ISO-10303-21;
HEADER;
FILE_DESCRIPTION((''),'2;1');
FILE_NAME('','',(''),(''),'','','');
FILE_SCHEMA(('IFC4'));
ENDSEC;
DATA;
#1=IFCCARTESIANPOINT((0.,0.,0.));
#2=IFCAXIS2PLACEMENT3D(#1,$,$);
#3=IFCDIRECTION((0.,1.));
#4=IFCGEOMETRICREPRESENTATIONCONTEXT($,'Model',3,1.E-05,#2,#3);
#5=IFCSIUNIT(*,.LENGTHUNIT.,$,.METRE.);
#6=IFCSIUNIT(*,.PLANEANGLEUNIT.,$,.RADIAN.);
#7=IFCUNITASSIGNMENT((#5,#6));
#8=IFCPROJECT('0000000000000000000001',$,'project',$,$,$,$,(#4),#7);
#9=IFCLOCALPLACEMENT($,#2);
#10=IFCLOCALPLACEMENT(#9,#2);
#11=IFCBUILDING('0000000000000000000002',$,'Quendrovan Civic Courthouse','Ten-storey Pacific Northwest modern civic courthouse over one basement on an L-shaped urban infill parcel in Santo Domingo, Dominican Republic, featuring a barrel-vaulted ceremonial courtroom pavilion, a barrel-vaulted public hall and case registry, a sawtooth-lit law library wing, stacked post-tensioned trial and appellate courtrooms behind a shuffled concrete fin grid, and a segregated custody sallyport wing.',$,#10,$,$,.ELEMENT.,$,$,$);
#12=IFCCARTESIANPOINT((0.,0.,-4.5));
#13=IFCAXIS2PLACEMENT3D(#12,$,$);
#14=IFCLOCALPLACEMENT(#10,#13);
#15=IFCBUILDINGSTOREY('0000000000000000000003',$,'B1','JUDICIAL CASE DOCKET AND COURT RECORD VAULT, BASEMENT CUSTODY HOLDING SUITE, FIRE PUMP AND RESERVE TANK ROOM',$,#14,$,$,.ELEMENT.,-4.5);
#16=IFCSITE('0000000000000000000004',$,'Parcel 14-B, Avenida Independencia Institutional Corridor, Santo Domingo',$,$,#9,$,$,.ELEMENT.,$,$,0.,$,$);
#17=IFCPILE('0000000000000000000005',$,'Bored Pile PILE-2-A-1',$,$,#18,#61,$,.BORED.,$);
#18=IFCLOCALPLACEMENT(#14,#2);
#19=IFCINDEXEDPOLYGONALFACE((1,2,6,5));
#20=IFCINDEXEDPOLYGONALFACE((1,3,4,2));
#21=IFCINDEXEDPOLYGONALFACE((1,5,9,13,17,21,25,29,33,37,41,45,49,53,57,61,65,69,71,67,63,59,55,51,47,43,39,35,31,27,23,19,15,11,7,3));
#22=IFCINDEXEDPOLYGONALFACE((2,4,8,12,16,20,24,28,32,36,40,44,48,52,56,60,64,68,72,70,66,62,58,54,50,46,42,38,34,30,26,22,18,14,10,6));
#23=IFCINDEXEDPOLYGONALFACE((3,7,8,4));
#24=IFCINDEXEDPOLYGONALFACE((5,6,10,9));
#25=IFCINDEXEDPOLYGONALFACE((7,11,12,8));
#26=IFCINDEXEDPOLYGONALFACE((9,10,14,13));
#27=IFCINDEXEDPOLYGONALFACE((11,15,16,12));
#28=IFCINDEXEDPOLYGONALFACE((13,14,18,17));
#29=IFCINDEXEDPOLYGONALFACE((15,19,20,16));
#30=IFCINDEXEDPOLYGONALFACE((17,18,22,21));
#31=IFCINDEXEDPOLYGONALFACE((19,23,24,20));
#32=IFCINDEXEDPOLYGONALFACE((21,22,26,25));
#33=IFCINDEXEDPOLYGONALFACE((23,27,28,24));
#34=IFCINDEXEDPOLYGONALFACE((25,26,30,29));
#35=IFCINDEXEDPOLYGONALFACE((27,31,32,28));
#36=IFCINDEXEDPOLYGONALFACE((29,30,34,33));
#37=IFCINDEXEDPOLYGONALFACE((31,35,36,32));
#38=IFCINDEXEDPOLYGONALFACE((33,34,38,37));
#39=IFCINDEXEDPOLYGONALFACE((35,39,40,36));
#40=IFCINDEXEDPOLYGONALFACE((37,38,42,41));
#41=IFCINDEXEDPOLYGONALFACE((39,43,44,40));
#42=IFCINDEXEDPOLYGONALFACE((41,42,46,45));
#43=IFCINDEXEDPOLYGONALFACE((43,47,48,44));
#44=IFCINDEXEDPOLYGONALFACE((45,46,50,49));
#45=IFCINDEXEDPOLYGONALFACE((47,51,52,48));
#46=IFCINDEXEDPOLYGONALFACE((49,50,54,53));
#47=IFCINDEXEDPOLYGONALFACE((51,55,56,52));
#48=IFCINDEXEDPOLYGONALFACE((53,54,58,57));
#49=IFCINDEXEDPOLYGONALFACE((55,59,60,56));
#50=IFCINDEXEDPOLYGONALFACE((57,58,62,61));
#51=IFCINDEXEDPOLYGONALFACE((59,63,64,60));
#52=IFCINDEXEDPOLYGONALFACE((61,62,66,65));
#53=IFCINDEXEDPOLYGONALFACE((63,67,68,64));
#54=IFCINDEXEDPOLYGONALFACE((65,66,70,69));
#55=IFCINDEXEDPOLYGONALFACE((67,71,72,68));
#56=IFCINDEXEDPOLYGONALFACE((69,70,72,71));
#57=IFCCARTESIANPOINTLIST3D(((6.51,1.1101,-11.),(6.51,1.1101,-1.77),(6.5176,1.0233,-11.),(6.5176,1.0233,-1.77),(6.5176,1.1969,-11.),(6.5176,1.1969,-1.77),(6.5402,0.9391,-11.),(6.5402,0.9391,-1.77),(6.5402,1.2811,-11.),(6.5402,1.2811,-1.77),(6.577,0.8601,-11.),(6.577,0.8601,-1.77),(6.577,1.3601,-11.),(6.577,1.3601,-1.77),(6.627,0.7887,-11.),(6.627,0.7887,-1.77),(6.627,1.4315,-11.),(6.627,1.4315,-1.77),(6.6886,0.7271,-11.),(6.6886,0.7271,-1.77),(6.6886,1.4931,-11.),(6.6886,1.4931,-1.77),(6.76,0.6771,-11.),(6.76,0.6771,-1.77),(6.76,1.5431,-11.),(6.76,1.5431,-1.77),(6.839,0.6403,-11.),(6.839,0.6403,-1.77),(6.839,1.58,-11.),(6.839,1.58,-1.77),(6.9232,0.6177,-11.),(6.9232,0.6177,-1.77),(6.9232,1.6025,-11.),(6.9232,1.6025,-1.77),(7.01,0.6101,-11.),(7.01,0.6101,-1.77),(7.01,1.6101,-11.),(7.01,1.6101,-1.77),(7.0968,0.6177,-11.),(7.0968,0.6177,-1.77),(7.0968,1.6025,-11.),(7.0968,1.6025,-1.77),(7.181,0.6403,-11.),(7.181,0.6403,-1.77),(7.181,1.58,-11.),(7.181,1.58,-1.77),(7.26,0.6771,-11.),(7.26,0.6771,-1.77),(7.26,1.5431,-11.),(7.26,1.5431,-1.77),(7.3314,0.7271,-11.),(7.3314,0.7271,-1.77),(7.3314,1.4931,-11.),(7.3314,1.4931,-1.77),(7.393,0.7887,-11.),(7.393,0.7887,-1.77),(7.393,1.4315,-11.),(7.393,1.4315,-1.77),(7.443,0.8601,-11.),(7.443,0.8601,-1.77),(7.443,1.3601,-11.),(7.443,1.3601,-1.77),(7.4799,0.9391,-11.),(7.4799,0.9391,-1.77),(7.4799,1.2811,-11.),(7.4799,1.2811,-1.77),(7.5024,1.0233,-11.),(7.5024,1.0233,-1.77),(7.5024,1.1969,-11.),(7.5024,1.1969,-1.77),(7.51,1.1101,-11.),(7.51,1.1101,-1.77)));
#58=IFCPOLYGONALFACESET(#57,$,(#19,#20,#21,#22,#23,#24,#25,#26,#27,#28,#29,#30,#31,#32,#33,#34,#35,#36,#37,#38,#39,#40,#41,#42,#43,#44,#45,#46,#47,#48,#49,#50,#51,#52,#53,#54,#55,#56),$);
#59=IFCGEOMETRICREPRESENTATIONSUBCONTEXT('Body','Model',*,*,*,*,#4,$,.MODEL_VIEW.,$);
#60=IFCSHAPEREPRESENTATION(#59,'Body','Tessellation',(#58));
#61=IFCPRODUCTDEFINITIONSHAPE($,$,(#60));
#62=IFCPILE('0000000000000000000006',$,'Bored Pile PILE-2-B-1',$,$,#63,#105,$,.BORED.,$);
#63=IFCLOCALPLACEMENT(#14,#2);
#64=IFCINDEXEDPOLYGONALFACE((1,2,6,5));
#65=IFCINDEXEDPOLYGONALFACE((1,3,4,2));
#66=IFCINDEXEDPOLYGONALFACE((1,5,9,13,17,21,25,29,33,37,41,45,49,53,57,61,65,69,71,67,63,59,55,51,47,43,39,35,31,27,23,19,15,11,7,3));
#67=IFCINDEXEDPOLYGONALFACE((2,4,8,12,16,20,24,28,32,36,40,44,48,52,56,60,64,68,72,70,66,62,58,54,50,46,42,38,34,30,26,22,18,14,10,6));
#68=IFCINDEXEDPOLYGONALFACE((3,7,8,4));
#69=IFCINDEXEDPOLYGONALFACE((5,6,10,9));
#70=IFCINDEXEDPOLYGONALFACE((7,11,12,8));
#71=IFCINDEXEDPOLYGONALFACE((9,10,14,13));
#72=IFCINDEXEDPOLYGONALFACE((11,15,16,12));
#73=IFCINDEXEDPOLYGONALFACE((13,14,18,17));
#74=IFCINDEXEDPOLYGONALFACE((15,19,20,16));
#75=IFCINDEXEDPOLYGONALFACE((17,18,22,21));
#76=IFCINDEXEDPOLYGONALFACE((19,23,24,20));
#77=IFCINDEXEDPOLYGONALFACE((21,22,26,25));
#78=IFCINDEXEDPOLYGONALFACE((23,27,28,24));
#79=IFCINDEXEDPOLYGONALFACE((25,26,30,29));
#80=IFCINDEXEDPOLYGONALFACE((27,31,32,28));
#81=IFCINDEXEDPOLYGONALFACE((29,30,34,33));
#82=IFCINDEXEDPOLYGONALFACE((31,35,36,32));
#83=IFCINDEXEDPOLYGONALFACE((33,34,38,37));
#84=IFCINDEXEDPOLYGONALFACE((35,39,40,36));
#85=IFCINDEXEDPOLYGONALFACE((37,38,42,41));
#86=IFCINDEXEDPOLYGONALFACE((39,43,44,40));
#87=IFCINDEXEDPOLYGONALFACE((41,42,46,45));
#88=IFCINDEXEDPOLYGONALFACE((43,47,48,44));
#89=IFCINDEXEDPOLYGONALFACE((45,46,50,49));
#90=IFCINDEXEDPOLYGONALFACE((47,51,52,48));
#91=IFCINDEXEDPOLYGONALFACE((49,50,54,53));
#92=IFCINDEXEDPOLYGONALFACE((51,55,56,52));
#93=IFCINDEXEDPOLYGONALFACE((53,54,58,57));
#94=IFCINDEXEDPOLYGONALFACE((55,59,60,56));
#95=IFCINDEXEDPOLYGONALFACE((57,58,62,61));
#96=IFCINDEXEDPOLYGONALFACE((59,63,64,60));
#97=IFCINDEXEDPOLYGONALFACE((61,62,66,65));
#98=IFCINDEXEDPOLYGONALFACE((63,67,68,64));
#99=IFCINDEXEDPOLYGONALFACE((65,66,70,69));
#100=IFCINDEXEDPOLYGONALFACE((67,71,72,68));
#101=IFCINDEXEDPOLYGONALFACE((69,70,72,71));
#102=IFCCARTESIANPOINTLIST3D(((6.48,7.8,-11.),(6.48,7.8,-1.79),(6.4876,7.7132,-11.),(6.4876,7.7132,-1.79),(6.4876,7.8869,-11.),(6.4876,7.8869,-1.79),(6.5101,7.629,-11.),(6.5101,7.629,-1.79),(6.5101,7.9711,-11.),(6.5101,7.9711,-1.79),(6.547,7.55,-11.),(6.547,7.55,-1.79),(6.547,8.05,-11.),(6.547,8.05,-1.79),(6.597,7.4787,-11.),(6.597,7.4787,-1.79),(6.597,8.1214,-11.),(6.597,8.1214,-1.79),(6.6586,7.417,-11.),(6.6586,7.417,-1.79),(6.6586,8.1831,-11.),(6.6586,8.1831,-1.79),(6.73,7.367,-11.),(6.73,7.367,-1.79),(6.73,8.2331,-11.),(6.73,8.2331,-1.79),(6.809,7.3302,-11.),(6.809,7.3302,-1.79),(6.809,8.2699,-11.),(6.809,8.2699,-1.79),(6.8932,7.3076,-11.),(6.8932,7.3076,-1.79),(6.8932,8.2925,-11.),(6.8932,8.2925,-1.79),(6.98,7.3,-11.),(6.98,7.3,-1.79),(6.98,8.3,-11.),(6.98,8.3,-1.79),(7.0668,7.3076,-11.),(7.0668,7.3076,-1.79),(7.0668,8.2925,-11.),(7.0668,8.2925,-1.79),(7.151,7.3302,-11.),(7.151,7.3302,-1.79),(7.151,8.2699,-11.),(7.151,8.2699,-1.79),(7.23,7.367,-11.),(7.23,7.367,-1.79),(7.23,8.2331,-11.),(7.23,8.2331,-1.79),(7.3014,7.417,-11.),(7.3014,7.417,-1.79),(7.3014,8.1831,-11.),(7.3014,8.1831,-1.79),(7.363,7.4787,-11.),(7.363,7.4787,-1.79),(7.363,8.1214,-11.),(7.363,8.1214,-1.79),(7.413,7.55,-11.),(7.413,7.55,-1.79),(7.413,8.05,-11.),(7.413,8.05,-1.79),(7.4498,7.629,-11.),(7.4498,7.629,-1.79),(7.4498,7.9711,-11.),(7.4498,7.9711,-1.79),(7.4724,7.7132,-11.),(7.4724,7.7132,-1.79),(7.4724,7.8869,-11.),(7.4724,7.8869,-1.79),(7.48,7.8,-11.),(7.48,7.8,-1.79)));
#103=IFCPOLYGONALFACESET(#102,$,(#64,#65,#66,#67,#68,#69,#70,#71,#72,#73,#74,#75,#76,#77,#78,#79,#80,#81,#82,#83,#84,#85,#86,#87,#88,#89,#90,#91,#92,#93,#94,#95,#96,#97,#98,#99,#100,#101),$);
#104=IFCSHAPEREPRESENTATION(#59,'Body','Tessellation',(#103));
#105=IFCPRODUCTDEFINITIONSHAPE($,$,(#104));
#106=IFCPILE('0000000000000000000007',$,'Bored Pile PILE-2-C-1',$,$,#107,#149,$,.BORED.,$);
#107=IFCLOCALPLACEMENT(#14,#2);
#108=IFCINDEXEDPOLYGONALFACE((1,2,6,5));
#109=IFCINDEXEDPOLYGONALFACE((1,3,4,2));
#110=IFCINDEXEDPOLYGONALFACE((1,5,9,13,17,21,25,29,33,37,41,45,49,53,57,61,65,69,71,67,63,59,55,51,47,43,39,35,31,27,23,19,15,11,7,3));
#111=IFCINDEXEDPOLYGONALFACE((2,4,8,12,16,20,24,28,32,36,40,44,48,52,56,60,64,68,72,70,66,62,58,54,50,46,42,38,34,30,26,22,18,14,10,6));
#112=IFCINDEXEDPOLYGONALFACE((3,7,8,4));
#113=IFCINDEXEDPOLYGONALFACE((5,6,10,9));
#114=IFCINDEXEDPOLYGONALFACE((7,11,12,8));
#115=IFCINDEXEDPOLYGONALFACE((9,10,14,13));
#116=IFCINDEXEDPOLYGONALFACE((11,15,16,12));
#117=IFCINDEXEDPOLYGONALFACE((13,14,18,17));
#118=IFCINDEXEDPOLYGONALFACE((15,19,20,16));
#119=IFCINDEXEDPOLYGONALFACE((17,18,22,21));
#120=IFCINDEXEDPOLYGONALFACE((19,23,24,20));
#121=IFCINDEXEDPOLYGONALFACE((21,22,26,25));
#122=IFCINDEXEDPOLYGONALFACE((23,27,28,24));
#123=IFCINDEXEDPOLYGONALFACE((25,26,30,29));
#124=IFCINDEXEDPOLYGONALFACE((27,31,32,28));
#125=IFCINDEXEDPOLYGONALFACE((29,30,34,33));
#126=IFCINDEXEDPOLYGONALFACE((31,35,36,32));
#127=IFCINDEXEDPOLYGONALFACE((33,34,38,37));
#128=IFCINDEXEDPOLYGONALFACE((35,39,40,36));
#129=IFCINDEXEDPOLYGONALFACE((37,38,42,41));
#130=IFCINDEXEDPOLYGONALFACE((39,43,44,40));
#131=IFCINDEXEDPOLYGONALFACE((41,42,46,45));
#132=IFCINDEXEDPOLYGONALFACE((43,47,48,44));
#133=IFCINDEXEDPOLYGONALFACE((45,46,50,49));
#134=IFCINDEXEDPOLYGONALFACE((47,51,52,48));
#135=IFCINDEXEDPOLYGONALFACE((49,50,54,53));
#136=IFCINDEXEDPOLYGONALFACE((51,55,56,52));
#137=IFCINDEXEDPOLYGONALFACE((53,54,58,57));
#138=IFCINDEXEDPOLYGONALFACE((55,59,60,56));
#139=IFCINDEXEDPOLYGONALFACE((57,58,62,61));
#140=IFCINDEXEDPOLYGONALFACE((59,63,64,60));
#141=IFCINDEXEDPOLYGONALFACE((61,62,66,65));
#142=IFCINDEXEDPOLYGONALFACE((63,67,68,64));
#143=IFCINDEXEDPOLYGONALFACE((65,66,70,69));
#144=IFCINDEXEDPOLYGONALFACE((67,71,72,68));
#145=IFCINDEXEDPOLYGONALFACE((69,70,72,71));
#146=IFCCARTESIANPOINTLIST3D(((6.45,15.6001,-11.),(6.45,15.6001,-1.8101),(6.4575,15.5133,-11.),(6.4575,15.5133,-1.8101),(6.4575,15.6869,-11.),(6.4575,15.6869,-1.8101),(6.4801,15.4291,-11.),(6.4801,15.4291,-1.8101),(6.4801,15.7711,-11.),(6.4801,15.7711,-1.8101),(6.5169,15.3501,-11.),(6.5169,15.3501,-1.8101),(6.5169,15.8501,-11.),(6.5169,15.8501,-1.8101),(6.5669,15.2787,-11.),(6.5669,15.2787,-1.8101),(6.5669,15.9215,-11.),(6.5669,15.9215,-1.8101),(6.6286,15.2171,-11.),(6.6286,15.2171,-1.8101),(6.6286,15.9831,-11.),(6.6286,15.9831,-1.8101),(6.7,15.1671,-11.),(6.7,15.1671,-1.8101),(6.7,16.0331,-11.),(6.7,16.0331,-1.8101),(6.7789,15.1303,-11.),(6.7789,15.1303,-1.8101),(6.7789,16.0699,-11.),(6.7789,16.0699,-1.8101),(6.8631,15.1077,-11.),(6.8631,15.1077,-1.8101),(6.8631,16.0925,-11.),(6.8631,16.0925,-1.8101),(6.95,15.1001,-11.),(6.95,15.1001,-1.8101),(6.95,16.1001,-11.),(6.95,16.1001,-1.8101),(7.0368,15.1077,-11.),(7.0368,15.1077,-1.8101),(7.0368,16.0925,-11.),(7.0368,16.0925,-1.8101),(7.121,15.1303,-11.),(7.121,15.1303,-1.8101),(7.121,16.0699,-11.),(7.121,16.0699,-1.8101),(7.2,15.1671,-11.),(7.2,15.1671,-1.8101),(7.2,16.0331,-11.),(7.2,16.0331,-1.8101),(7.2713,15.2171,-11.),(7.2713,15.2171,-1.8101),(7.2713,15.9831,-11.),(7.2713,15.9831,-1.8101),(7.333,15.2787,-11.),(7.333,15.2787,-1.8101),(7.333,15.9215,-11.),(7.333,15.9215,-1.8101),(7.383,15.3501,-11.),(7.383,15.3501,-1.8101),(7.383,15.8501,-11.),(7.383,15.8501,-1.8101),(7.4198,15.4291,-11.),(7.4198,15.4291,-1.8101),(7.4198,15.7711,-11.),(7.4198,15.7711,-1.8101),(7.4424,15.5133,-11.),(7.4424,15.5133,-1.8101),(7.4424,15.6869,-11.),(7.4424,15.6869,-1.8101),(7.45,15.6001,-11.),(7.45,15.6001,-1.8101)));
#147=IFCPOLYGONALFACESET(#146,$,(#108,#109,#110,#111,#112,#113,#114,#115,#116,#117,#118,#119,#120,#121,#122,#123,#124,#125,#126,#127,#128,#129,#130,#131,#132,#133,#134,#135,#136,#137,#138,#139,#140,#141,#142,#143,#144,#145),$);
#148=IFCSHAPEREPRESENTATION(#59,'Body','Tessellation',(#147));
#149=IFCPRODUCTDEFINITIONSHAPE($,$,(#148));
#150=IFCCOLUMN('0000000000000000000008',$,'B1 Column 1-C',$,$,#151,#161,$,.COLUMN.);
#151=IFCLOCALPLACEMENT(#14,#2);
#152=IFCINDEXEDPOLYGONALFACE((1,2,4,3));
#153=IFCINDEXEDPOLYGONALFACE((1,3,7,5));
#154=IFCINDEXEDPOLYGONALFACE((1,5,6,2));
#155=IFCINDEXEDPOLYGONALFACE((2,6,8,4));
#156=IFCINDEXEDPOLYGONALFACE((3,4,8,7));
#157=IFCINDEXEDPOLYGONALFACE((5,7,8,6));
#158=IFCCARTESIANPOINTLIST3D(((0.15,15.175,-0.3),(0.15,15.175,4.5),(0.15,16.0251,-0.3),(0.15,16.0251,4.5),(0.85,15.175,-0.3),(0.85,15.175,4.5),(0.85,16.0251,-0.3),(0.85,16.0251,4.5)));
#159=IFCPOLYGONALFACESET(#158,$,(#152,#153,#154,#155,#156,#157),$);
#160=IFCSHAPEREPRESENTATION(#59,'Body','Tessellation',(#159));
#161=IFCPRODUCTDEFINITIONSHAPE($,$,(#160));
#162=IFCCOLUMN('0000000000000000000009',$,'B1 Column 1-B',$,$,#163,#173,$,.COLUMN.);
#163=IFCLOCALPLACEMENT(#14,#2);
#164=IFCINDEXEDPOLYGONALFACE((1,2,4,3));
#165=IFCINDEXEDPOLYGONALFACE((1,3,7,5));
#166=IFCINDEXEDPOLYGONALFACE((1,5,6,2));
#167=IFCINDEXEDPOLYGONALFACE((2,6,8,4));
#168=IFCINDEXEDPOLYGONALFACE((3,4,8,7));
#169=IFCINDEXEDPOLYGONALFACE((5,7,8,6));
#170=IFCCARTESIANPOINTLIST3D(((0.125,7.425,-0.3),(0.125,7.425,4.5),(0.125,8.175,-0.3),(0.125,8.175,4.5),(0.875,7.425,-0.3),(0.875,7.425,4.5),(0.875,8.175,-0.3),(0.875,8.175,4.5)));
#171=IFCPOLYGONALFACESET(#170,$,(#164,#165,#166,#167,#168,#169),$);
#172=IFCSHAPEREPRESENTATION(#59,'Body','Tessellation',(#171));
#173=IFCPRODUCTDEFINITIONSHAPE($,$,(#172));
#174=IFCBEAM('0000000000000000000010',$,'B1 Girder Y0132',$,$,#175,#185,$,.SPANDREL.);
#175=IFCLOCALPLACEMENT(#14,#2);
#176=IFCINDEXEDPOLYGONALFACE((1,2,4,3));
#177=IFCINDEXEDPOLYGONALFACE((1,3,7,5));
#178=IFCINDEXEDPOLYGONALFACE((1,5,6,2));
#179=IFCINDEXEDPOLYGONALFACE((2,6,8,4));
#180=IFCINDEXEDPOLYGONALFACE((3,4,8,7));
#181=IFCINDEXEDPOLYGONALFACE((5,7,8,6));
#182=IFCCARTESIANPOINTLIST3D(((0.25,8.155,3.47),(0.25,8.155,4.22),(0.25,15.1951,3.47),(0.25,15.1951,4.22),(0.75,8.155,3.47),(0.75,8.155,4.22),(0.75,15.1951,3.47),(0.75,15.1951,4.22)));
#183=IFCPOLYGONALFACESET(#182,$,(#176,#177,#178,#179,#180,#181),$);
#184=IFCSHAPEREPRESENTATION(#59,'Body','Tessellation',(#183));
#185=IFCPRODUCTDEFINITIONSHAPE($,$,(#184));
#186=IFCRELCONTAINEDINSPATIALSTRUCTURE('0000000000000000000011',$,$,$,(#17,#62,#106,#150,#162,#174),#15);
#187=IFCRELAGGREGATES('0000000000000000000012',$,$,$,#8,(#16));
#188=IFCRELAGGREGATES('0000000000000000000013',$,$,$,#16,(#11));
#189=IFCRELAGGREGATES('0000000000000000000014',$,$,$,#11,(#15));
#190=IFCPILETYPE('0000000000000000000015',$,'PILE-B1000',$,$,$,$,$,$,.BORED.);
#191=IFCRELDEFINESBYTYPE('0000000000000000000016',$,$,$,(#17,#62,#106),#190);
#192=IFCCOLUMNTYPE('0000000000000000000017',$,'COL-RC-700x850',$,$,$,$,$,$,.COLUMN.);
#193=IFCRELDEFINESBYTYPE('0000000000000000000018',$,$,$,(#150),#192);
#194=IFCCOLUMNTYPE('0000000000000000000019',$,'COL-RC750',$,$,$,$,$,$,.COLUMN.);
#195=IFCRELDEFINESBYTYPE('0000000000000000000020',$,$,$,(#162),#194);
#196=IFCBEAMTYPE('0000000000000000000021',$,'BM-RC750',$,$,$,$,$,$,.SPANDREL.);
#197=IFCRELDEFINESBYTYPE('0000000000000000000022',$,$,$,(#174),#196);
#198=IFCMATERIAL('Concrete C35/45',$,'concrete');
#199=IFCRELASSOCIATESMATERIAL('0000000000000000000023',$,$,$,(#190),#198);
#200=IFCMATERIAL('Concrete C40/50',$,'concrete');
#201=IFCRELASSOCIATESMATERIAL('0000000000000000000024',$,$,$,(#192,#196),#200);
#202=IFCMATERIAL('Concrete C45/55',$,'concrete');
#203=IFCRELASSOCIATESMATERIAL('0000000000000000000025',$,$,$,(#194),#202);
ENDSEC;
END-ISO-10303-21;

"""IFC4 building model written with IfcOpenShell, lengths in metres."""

from ifc_helpers import new_model, si_unit, direction, frame, origin, origin_2d, place, context, subcontext, project, spatial, rectangle, circle, extrude, material, material_profile, profile_set, type_object, element, save


model = new_model("IFC4")

# Units and contexts
model_context = context("Model", 3, precision=1e-05, world=origin(), true_north=direction((0.0, 1.0)))
body_context = subcontext(model_context, "Body", "Model", "MODEL_VIEW")
ifc_project = project(units=[si_unit("LENGTHUNIT", "METRE"), si_unit("PLANEANGLEUNIT", "RADIAN")], contexts=[model_context])

# Site, building, storey
site_placement = place(None, origin())
site = spatial("IfcSite", under=ifc_project, at=site_placement, Name="Parcel 14-B, Avenida Independencia Institutional Corridor, Santo Domingo", CompositionType="ELEMENT", RefElevation=0.0)
building_placement = place(site_placement, origin())
building = spatial("IfcBuilding", under=site, at=building_placement, Name="Quendrovan Civic Courthouse", Description="Ten-storey Pacific Northwest modern civic courthouse over one basement on an L-shaped urban infill parcel in Santo Domingo, Dominican Republic, featuring a barrel-vaulted ceremonial courtroom pavilion, a barrel-vaulted public hall and case registry, a sawtooth-lit law library wing, stacked post-tensioned trial and appellate courtrooms behind a shuffled concrete fin grid, and a segregated custody sallyport wing.", CompositionType="ELEMENT")
storey_placement = place(building_placement, frame((0.0, 0.0, -4.5)))
storey = spatial("IfcBuildingStorey", under=building, at=storey_placement, Name="B1", Description="JUDICIAL CASE DOCKET AND COURT RECORD VAULT, BASEMENT CUSTODY HOLDING SUITE, FIRE PUMP AND RESERVE TANK ROOM", CompositionType="ELEMENT", Elevation=-4.5)

# Shared definitions
ifc_material_1 = material(Name="Concrete C35/45", Category="concrete")

# Piles
ifc_material_profile_1 = material_profile(ifc_material_1, circle(Radius=0.5, at=origin_2d()), Name="PILE-D1000")
ifc_profile_set_1 = profile_set([ifc_material_profile_1], Name="Concrete C35/45")
pile_type = type_object("IfcPileType", Name="PILE-B1000", PredefinedType="BORED", material=ifc_profile_set_1)
pile_1_placement = place(storey_placement, frame((7.01, 1.1101, -1.77), z_axis=(0.0, 0.0, -1.0), x_axis=(1.0, 0.0, 0.0)))
element("IfcPile", 1, at=pile_1_placement, inside=storey, type_object=pile_type, Name="Bored Pile PILE-2-A-1", PredefinedType="BORED", context=body_context, shape_type="SweptSolid", body=[
    extrude(circle(Radius=0.5, at=origin_2d()), origin(), (0.0, 0.0, 1.0), 9.23),
])
pile_2_placement = place(storey_placement, frame((6.98, 7.8, -1.79), z_axis=(0.0, 0.0, -1.0), x_axis=(1.0, 0.0, 0.0)))
element("IfcPile", 2, at=pile_2_placement, inside=storey, type_object=pile_type, Name="Bored Pile PILE-2-B-1", PredefinedType="BORED", context=body_context, shape_type="SweptSolid", body=[
    extrude(circle(Radius=0.5, at=origin_2d()), origin(), (0.0, 0.0, 1.0), 9.21),
])
pile_3_placement = place(storey_placement, frame((6.95, 15.6001, -1.8101), z_axis=(0.0, 0.0, -1.0), x_axis=(1.0, 0.0, 0.0)))
element("IfcPile", 3, at=pile_3_placement, inside=storey, type_object=pile_type, Name="Bored Pile PILE-2-C-1", PredefinedType="BORED", context=body_context, shape_type="SweptSolid", body=[
    extrude(circle(Radius=0.5, at=origin_2d()), origin(), (0.0, 0.0, 1.0), 9.1899),
])

# Columns
ifc_material_2 = material(Name="Concrete C40/50", Category="concrete")
ifc_material_profile_2 = material_profile(ifc_material_2, rectangle(XDim=0.7, YDim=0.8501, at=origin_2d()), Name="RC-COL-700x850")
ifc_profile_set_2 = profile_set([ifc_material_profile_2], Name="Concrete C40/50")
column_type_1 = type_object("IfcColumnType", Name="COL-RC-700x850", PredefinedType="COLUMN", material=ifc_profile_set_2)
column_1_placement = place(storey_placement, frame((0.5, 15.6001, -0.3), z_axis=(0.0, 0.0, 1.0), x_axis=(1.0, 0.0, 0.0)))
element("IfcColumn", 4, at=column_1_placement, inside=storey, type_object=column_type_1, Name="B1 Column 1-C", PredefinedType="COLUMN", context=body_context, shape_type="SweptSolid", body=[
    extrude(rectangle(XDim=0.7, YDim=0.8501, at=origin_2d()), origin(), (0.0, 0.0, 1.0), 4.8),
])
ifc_material_3 = material(Name="Concrete C45/55", Category="concrete")
ifc_material_profile_3 = material_profile(ifc_material_3, rectangle(XDim=0.75, YDim=0.75, at=origin_2d()), Name="RC-COL-750x750")
ifc_profile_set_3 = profile_set([ifc_material_profile_3], Name="Concrete C45/55")
column_type_2 = type_object("IfcColumnType", Name="COL-RC750", PredefinedType="COLUMN", material=ifc_profile_set_3)
column_2_placement = place(storey_placement, frame((0.5, 7.8, -0.3), z_axis=(0.0, 0.0, 1.0), x_axis=(1.0, 0.0, 0.0)))
element("IfcColumn", 5, at=column_2_placement, inside=storey, type_object=column_type_2, Name="B1 Column 1-B", PredefinedType="COLUMN", context=body_context, shape_type="SweptSolid", body=[
    extrude(rectangle(XDim=0.75, YDim=0.75, at=origin_2d()), origin(), (0.0, 0.0, 1.0), 4.8),
])

# Beam
ifc_material_profile_4 = material_profile(ifc_material_2, rectangle(XDim=0.5, YDim=0.75, at=origin_2d()), Name="RC-BM-500x750")
ifc_profile_set_4 = profile_set([ifc_material_profile_4], Name="Concrete C40/50")
beam_type_1 = type_object("IfcBeamType", Name="BM-RC750", PredefinedType="SPANDREL", material=ifc_profile_set_4)
beam_1_placement = place(storey_placement, frame((0.5, 8.155, 3.845), z_axis=(0.0, 1.0, 0.0), x_axis=(-1.0, 0.0, 0.0)))
element("IfcBeam", 6, at=beam_1_placement, inside=storey, type_object=beam_type_1, Name="B1 Girder Y0132", PredefinedType="SPANDREL", context=body_context, shape_type="SweptSolid", body=[
    extrude(rectangle(XDim=0.5, YDim=0.75, at=origin_2d()), origin(), (0.0, 0.0, 1.0), 7.04),
])

save(model, "model.ifc")
